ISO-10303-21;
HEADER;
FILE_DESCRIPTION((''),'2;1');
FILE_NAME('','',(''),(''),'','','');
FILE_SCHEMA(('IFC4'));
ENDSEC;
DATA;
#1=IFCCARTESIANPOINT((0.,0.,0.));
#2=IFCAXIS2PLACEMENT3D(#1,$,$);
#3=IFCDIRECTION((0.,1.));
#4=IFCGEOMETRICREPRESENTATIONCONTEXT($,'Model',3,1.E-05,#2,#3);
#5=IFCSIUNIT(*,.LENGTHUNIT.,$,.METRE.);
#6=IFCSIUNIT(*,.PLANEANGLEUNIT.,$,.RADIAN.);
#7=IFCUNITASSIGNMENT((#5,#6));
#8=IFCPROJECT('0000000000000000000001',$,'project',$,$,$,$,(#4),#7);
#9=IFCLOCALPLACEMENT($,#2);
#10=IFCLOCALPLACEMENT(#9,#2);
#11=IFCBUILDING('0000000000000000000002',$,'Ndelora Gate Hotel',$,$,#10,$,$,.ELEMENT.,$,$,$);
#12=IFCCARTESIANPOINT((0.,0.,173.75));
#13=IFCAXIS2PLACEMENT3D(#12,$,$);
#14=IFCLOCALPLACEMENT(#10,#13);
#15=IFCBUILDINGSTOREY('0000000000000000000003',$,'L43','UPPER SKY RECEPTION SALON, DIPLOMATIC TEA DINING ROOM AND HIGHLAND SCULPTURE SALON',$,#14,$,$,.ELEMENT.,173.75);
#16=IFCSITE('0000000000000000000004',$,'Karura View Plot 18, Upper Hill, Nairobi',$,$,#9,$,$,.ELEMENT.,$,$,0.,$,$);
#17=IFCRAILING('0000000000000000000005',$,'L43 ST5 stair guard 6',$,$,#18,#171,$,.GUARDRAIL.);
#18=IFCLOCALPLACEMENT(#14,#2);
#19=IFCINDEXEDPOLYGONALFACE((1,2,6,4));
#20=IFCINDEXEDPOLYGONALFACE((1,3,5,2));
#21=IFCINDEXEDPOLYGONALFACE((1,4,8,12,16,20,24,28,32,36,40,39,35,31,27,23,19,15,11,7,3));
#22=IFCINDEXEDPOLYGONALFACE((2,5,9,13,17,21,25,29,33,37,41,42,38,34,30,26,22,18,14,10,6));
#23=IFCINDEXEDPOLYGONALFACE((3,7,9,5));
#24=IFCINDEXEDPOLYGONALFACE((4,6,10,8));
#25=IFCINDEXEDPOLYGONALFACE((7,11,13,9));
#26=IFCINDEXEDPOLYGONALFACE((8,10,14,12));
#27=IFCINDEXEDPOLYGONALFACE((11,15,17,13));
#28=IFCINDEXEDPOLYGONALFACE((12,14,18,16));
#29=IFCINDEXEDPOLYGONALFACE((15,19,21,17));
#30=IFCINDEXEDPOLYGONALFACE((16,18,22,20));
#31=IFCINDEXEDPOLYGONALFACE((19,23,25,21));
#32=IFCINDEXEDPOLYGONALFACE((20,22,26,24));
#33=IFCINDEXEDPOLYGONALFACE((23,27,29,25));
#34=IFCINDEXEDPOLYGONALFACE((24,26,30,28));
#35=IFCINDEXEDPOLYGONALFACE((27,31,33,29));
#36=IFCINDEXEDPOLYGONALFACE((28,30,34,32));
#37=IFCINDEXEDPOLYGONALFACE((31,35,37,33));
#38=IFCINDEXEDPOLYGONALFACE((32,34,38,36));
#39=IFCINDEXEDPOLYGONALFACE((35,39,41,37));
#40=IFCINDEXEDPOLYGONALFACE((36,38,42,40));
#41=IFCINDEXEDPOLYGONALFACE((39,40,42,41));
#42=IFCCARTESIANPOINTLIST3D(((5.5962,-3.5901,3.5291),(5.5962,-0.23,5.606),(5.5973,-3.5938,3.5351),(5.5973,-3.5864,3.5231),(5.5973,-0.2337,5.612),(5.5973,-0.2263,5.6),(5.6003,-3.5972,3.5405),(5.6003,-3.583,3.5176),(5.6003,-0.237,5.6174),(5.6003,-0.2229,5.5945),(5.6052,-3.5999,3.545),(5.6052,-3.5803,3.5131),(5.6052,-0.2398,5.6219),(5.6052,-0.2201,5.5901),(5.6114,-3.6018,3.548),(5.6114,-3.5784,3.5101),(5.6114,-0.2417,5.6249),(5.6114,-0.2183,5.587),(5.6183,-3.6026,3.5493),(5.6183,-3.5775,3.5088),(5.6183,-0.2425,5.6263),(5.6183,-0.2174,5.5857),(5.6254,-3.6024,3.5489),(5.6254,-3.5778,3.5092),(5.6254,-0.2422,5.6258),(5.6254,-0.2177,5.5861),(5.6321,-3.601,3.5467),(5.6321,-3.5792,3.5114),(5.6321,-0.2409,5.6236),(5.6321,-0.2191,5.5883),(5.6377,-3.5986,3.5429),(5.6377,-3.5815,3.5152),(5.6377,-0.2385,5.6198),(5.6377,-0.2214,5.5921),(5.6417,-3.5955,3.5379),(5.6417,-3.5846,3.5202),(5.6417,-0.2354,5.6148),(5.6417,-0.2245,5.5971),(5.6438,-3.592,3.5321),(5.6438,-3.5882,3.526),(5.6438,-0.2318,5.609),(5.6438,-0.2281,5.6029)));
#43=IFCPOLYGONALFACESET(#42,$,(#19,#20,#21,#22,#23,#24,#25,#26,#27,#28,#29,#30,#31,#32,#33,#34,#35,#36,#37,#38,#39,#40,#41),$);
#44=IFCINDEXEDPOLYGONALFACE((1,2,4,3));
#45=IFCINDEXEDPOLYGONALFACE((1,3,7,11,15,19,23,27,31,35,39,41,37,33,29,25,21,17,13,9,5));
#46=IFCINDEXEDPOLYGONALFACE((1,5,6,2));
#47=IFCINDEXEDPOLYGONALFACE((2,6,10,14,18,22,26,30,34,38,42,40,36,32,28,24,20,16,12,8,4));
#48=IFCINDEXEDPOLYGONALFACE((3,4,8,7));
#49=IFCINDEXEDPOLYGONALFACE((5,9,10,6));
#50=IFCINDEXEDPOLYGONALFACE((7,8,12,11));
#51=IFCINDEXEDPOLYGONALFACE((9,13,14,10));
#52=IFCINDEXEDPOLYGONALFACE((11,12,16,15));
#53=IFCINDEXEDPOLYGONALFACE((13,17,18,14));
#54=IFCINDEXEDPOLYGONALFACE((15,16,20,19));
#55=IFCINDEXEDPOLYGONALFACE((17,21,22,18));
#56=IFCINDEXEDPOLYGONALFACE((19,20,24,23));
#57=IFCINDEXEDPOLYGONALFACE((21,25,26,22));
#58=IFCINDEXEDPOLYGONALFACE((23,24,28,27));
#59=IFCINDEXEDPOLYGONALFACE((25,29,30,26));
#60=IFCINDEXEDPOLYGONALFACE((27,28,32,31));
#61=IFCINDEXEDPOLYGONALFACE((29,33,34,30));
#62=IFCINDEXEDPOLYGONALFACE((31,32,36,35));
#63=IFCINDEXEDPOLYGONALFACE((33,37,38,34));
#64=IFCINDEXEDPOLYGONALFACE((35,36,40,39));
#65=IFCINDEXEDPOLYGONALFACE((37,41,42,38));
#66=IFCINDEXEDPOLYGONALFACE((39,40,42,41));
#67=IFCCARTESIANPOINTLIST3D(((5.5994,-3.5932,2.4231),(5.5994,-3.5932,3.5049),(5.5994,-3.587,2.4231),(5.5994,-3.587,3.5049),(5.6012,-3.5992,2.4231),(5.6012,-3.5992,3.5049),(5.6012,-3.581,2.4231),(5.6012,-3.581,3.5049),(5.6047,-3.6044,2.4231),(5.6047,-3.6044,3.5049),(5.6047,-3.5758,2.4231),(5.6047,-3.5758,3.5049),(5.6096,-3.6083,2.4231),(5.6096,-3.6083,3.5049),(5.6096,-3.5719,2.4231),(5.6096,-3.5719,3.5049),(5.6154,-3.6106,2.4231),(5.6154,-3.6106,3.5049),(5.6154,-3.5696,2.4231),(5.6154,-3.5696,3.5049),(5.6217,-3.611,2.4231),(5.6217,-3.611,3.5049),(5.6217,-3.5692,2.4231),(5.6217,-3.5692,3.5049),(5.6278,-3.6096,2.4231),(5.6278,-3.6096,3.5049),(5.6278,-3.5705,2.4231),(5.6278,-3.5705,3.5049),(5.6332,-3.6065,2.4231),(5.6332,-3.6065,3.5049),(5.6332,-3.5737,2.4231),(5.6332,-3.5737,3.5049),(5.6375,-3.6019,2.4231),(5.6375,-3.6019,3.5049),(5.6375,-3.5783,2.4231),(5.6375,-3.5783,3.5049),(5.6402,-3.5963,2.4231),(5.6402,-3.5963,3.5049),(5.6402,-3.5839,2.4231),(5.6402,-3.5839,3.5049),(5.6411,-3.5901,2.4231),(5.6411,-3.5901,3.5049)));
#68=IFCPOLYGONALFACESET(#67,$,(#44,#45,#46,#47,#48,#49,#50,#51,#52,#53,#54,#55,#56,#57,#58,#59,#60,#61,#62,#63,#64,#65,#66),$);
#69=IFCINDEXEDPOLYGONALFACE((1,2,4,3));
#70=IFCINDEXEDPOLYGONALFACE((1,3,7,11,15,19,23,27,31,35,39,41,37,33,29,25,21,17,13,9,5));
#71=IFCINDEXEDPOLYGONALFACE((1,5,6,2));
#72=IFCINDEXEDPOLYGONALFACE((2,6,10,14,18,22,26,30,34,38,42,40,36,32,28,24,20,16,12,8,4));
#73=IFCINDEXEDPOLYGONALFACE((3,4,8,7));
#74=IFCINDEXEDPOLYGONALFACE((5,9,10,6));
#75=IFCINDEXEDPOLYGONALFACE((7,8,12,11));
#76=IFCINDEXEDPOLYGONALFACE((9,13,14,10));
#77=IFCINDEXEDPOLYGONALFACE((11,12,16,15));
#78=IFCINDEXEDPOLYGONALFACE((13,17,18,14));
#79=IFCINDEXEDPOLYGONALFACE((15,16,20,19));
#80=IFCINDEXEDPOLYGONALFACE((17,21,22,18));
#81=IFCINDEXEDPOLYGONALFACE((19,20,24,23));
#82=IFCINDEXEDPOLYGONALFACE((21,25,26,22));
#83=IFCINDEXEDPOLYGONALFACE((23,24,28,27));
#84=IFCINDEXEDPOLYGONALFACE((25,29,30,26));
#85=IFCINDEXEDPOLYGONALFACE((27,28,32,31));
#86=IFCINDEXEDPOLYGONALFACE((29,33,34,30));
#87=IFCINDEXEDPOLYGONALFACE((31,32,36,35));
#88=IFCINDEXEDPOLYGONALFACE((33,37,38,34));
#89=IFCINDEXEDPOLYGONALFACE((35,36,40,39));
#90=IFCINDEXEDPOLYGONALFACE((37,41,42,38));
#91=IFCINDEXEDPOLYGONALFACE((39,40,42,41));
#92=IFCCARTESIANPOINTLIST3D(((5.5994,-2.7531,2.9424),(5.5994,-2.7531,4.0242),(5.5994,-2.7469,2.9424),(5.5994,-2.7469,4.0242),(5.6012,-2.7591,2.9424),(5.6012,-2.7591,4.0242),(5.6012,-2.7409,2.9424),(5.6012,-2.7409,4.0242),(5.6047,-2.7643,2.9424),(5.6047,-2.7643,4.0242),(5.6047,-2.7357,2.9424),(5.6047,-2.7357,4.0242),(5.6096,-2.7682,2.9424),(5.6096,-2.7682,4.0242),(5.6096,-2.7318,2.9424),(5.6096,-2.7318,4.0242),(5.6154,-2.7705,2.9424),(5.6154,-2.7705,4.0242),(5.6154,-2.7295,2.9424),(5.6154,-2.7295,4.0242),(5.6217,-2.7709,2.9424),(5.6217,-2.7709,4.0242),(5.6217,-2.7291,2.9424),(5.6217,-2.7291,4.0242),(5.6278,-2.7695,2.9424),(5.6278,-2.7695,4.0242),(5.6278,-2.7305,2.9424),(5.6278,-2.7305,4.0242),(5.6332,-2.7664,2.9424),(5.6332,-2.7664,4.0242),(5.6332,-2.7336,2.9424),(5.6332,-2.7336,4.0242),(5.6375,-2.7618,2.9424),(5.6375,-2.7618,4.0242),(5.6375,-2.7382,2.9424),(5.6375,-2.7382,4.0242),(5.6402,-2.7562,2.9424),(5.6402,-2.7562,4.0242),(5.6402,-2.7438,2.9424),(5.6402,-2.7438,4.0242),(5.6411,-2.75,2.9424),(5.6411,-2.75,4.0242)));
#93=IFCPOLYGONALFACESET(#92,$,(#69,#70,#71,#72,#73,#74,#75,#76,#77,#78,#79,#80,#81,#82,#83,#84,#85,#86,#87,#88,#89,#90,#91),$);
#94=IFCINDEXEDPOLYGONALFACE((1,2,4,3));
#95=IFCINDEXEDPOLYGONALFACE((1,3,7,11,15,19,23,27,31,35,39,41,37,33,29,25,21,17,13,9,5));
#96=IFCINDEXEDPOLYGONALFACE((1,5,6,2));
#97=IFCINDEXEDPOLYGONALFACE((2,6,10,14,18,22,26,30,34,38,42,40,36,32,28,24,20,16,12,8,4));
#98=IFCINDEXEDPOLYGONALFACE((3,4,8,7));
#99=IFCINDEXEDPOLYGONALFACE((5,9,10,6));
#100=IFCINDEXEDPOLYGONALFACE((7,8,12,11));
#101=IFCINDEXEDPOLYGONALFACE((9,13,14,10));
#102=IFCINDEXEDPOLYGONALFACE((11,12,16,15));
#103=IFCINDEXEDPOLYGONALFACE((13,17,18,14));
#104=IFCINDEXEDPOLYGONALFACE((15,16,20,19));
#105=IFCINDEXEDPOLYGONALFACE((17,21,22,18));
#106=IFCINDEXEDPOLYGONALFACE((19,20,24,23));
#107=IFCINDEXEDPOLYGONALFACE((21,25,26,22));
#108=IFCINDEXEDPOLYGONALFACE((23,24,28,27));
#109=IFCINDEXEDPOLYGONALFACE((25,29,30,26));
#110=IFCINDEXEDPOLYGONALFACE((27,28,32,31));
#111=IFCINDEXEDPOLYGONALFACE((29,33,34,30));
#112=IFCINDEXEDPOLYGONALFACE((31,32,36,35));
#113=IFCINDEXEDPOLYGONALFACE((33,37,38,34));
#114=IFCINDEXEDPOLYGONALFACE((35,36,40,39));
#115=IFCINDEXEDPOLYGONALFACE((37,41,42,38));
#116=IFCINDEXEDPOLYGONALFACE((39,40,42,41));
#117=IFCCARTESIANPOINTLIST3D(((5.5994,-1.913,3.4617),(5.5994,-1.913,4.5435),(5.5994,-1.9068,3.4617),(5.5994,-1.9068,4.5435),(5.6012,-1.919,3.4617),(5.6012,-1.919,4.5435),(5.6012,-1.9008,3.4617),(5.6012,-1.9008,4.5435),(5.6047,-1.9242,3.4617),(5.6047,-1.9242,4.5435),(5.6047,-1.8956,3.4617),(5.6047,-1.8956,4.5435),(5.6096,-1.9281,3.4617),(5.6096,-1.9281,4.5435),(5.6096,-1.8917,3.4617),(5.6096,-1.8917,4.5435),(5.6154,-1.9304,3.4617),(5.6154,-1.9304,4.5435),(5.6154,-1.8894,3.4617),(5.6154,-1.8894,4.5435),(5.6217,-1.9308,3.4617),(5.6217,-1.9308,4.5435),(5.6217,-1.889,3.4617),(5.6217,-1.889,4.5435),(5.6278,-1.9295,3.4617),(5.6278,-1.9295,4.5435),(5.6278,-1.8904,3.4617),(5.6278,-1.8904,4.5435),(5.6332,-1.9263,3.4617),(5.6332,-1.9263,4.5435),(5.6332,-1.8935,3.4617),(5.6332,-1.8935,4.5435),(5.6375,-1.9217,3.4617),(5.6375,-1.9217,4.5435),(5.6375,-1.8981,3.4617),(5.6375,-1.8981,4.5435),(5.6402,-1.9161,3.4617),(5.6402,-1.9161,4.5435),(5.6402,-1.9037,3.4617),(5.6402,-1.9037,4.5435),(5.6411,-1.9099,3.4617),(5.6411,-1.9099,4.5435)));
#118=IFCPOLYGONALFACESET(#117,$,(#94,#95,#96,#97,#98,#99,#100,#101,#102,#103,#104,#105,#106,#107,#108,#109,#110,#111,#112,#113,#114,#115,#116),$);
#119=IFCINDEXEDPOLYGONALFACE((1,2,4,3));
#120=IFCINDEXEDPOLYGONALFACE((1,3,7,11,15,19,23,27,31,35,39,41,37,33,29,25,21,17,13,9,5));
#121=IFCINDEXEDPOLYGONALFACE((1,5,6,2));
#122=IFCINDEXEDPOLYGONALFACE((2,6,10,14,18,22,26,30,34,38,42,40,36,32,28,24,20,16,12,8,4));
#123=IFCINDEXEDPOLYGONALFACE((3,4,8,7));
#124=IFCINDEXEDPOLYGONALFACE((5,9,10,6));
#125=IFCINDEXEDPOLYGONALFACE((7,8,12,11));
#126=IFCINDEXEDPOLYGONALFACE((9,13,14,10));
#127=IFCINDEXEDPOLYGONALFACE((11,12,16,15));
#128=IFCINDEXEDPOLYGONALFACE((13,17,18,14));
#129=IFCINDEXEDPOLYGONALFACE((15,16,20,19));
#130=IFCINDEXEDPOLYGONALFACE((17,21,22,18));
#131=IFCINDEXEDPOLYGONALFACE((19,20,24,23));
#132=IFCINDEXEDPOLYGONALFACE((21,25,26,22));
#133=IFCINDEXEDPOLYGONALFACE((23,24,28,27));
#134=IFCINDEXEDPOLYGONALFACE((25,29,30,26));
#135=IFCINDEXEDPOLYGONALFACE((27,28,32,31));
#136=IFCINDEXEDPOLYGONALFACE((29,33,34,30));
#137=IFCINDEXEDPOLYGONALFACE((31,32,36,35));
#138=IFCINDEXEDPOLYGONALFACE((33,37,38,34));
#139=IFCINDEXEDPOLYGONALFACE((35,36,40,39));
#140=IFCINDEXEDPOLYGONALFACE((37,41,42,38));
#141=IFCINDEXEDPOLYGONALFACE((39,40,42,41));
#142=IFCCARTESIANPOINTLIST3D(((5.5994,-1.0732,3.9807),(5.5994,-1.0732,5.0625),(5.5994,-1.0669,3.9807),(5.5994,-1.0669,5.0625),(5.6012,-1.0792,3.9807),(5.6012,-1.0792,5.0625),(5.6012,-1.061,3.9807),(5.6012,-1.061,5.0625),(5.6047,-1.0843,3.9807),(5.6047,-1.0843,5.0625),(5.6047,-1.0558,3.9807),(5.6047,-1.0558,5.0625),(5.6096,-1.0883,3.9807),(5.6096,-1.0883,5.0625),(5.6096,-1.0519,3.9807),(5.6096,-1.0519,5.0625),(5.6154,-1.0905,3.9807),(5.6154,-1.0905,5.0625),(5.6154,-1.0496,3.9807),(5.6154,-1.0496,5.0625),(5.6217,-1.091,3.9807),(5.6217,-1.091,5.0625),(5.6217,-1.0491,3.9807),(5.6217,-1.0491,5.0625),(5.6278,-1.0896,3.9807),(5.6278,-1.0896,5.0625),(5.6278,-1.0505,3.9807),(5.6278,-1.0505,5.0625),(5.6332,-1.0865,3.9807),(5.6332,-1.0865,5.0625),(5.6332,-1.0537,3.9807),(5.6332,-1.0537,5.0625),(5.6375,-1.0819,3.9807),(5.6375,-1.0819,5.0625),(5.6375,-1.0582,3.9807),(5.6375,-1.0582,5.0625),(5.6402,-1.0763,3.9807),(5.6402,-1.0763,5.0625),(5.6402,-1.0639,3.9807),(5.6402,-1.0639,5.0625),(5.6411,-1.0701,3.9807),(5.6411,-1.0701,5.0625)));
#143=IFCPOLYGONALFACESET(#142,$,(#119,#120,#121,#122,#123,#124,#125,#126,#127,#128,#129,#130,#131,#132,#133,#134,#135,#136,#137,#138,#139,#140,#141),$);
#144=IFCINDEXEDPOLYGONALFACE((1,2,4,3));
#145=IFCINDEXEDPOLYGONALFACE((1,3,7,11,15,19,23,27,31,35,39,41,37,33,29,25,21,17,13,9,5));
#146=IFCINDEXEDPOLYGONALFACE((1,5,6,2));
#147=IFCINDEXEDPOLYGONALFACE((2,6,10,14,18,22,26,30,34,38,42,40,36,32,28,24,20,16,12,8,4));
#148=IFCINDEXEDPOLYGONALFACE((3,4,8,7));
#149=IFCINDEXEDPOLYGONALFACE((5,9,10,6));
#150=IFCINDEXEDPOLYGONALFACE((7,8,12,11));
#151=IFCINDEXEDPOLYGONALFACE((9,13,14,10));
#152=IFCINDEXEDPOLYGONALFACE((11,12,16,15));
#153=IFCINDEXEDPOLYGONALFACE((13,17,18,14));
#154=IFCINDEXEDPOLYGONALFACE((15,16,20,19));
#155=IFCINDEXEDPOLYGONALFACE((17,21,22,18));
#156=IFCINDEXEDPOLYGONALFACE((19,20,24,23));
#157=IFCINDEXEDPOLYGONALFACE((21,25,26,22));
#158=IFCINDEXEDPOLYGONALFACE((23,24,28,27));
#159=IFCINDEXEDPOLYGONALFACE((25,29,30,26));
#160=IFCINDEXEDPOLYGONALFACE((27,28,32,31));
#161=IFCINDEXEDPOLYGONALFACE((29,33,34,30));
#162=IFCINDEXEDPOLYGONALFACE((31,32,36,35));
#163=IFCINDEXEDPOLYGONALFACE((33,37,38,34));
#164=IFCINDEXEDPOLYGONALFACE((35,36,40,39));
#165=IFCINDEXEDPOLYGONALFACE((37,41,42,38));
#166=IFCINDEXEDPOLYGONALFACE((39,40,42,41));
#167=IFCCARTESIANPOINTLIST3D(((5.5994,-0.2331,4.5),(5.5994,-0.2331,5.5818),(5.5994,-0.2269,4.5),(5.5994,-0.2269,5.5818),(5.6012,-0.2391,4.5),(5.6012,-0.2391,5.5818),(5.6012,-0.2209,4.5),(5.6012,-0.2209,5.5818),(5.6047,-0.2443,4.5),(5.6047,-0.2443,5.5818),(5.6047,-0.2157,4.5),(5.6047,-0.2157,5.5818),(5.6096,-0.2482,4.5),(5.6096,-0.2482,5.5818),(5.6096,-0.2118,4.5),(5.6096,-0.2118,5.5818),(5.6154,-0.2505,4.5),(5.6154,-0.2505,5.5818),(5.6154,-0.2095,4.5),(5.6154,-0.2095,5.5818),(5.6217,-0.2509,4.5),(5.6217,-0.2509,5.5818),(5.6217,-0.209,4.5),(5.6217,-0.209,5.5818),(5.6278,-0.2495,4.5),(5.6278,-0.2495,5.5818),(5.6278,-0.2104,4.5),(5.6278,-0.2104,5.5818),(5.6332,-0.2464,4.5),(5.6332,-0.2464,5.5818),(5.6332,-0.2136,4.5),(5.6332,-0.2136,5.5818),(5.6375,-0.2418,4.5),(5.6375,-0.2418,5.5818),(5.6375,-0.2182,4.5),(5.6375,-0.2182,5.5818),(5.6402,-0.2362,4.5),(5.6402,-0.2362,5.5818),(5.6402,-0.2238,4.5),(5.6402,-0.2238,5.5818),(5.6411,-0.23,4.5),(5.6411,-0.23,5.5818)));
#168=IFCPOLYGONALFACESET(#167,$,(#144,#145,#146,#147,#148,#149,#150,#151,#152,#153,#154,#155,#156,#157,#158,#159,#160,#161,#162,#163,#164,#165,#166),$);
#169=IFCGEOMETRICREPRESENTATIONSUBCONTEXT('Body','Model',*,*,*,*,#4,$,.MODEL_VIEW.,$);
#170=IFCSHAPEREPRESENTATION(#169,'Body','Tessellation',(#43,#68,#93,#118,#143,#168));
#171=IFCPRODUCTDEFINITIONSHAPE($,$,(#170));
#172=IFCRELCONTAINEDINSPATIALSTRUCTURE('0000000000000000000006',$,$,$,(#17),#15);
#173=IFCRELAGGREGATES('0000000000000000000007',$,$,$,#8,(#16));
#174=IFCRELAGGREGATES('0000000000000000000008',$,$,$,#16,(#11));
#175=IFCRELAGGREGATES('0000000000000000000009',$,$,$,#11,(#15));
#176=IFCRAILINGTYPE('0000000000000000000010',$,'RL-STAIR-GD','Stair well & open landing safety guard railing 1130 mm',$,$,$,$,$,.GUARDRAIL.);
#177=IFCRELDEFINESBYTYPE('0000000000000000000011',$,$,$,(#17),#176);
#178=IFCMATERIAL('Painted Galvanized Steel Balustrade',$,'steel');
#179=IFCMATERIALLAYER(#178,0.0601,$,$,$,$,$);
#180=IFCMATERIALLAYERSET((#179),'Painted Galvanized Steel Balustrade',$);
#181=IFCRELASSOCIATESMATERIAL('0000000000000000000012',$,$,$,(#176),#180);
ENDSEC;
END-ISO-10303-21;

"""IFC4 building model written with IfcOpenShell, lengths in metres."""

from ifc_helpers import new_model, si_unit, direction, frame, origin, origin_2d, place, context, subcontext, project, spatial, circle, extrude, material, layer, layer_set, type_object, element, save


model = new_model("IFC4")

# Units and contexts
model_context = context("Model", 3, precision=1e-05, world=origin(), true_north=direction((0.0, 1.0)))
body_context = subcontext(model_context, "Body", "Model", "MODEL_VIEW")
ifc_project = project(units=[si_unit("LENGTHUNIT", "METRE"), si_unit("PLANEANGLEUNIT", "RADIAN")], contexts=[model_context])

# Site, building, storey
site_placement = place(None, origin())
site = spatial("IfcSite", under=ifc_project, at=site_placement, Name="Karura View Plot 18, Upper Hill, Nairobi", CompositionType="ELEMENT", RefElevation=0.0)
building_placement = place(site_placement, origin())
building = spatial("IfcBuilding", under=site, at=building_placement, Name="Ndelora Gate Hotel", CompositionType="ELEMENT")
storey_placement = place(building_placement, frame((0.0, 0.0, 173.75)))
storey = spatial("IfcBuildingStorey", under=building, at=storey_placement, Name="L43", Description="UPPER SKY RECEPTION SALON, DIPLOMATIC TEA DINING ROOM AND HIGHLAND SCULPTURE SALON", CompositionType="ELEMENT", Elevation=173.75)

# Railing
ifc_material_1 = material(Name="Painted Galvanized Steel Balustrade", Category="steel")
ifc_layer_1 = layer(ifc_material_1, 0.0601)
ifc_layer_set_1 = layer_set([ifc_layer_1], Name="Painted Galvanized Steel Balustrade")
railing_type_1 = type_object("IfcRailingType", Name="RL-STAIR-GD", Description="Stair well & open landing safety guard railing 1130 mm", PredefinedType="GUARDRAIL", material=ifc_layer_set_1)
railing_1_placement = place(storey_placement, frame((5.6201, -3.5901, 2.4231)))
element("IfcRailing", 1, at=railing_1_placement, inside=storey, type_object=railing_type_1, Name="L43 ST5 stair guard 6", PredefinedType="GUARDRAIL", context=body_context, shape_type="SweptSolid", body=[
    extrude(circle(Radius=0.0239, at=origin_2d()), frame((0.0, 0.0, 1.106), z_axis=(0.0, 0.850623, 0.525776), x_axis=(-1.0, 0.0, 0.0)), (0.0, 0.0, 1.0), 3.9502),
    extrude(circle(Radius=0.021, at=origin_2d()), origin(), (0.0, 0.0, 1.0), 1.0818),
    extrude(circle(Radius=0.021, at=origin_2d()), frame((0.0, 0.8401, 0.5193)), (0.0, 0.0, 1.0), 1.0818),
    extrude(circle(Radius=0.021, at=origin_2d()), frame((0.0, 1.6802, 1.0386)), (0.0, 0.0, 1.0), 1.0818),
    extrude(circle(Radius=0.021, at=origin_2d()), frame((0.0, 2.52, 1.5576)), (0.0, 0.0, 1.0), 1.0818),
    extrude(circle(Radius=0.021, at=origin_2d()), frame((0.0, 3.3601, 2.0769)), (0.0, 0.0, 1.0), 1.0818),
])

save(model, "model.ifc")
